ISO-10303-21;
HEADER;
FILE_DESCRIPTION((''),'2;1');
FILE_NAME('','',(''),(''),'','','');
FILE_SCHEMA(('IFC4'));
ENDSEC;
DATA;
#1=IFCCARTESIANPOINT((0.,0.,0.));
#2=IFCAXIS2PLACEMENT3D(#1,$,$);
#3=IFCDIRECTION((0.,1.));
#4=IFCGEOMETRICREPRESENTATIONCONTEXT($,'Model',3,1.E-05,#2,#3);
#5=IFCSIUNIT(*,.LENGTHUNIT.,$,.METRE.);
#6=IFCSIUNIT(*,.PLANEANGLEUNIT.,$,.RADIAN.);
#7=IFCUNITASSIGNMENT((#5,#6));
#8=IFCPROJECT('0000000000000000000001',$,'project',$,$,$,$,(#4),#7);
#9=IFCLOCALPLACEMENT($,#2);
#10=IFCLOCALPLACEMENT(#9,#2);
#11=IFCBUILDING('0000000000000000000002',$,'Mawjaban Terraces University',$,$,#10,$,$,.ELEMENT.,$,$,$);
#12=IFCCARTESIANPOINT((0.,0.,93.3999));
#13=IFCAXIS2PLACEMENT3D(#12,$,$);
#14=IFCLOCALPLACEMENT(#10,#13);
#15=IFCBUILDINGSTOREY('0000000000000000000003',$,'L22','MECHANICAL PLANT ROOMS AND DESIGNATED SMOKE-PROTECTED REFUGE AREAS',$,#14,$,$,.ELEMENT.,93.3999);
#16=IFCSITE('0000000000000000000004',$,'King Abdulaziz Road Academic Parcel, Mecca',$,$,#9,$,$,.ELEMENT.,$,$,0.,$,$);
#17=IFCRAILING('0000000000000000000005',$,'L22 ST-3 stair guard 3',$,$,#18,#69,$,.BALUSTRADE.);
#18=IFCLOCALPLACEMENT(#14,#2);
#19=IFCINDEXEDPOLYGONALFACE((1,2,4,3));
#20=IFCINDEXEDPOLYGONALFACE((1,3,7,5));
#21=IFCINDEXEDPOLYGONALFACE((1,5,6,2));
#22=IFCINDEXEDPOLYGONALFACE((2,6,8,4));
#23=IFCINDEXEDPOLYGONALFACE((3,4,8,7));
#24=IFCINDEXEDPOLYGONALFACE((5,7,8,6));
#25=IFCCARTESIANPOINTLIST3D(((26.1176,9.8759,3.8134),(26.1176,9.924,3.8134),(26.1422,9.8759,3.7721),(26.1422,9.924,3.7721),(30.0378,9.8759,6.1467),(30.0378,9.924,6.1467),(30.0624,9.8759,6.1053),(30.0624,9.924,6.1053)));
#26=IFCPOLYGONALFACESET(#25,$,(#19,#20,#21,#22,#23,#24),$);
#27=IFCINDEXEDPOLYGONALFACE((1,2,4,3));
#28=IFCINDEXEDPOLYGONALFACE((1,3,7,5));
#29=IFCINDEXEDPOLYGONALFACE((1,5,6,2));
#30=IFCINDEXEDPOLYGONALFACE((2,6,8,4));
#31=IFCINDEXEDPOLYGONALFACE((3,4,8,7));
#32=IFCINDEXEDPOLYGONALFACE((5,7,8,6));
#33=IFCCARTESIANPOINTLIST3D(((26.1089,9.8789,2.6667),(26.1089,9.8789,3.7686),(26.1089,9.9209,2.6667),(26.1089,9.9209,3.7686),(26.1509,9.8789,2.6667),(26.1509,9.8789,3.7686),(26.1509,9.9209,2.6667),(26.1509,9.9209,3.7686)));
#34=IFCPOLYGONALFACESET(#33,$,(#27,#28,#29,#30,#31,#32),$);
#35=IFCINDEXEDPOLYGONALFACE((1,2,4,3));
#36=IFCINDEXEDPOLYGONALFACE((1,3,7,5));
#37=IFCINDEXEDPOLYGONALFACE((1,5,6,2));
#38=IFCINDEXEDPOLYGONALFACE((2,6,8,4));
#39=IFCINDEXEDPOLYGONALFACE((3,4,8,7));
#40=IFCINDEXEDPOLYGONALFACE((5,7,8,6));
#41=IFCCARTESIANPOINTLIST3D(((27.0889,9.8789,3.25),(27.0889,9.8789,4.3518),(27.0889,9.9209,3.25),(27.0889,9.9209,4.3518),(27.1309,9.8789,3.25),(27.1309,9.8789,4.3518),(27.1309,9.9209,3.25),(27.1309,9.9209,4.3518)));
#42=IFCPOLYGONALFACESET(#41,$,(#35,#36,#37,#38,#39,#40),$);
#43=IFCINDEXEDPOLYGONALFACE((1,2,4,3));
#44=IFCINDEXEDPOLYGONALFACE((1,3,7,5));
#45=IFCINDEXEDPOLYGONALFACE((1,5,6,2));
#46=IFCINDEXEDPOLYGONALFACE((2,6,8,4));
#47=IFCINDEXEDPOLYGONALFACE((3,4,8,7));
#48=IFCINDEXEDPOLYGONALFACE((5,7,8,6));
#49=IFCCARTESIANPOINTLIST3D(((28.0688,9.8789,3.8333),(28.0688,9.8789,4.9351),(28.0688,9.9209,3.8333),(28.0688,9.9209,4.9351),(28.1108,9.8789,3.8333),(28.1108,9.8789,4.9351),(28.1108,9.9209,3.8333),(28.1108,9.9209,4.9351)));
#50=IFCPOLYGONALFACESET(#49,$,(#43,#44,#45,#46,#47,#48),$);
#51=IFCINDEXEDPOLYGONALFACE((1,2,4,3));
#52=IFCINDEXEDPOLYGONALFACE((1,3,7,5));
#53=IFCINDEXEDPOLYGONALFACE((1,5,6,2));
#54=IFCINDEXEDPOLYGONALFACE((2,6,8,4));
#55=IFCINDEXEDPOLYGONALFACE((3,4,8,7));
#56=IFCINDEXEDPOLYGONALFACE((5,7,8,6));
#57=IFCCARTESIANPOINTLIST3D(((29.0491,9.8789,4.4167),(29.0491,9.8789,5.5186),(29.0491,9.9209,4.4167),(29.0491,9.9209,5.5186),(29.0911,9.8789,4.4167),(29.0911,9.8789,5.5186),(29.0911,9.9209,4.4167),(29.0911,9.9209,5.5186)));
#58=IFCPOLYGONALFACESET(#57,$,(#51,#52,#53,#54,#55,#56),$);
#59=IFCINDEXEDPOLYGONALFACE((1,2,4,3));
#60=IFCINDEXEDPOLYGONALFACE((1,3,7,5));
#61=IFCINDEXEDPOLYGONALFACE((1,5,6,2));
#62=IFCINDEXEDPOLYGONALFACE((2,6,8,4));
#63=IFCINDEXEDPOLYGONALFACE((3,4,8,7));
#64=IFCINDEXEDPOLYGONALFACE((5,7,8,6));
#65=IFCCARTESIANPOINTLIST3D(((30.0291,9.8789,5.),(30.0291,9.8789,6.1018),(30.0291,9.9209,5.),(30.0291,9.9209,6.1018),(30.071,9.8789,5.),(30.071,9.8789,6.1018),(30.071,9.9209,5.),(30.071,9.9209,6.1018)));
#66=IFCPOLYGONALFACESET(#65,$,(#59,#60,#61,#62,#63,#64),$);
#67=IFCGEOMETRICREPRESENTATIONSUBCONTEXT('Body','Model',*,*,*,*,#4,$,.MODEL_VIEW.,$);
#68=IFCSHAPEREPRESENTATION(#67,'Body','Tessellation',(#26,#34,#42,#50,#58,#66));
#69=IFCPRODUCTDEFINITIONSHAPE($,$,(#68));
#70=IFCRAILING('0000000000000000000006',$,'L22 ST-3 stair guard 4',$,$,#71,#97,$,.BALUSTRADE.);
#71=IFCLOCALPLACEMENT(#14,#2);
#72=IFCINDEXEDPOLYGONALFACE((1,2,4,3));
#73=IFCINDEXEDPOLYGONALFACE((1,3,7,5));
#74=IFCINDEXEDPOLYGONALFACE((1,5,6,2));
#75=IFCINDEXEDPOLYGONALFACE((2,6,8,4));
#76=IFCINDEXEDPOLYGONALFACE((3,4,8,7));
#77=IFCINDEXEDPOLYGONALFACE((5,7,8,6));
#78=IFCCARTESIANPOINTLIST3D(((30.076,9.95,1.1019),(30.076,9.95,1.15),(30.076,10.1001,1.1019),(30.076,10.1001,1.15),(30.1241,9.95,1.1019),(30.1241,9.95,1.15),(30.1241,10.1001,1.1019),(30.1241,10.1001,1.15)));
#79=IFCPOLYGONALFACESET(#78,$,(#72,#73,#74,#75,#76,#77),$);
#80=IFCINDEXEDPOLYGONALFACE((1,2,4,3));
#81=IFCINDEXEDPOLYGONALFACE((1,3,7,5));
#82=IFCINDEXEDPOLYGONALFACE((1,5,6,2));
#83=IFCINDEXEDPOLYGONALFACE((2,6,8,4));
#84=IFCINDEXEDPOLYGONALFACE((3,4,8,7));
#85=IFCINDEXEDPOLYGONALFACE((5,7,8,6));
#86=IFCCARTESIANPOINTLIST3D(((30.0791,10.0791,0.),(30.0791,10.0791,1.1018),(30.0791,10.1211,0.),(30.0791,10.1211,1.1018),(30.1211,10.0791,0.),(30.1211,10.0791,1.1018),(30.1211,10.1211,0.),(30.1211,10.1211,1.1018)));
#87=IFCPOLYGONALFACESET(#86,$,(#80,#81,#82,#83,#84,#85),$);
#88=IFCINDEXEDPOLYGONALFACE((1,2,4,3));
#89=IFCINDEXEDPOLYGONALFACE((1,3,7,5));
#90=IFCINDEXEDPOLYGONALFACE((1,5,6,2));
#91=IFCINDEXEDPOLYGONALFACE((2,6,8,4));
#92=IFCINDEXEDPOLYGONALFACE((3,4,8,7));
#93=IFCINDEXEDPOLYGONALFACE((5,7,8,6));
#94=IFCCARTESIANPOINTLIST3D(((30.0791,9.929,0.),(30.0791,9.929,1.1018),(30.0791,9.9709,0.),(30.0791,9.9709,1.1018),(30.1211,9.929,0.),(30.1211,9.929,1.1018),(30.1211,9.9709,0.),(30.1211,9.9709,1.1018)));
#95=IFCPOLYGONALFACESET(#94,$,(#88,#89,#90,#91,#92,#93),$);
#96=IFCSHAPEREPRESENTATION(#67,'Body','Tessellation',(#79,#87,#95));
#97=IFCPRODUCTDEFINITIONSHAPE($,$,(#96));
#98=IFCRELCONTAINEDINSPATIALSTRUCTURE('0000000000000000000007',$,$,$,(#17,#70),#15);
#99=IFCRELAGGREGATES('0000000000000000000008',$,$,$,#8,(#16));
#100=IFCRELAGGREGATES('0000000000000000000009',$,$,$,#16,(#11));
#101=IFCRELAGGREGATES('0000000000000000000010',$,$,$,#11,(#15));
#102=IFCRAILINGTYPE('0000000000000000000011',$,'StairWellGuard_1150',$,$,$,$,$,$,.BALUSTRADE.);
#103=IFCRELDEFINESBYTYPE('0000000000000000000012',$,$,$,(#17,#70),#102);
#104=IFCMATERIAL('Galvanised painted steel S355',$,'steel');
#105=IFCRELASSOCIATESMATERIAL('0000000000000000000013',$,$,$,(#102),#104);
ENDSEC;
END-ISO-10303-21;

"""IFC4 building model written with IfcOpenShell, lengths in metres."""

from ifc_helpers import new_model, si_unit, direction, frame, origin, origin_2d, place, context, subcontext, project, spatial, rectangle, extrude, material, type_object, element, save


model = new_model("IFC4")

# Units and contexts
model_context = context("Model", 3, precision=1e-05, world=origin(), true_north=direction((0.0, 1.0)))
body_context = subcontext(model_context, "Body", "Model", "MODEL_VIEW")
ifc_project = project(units=[si_unit("LENGTHUNIT", "METRE"), si_unit("PLANEANGLEUNIT", "RADIAN")], contexts=[model_context])

# Site, building, storey
site_placement = place(None, origin())
site = spatial("IfcSite", under=ifc_project, at=site_placement, Name="King Abdulaziz Road Academic Parcel, Mecca", CompositionType="ELEMENT", RefElevation=0.0)
building_placement = place(site_placement, origin())
building = spatial("IfcBuilding", under=site, at=building_placement, Name="Mawjaban Terraces University", CompositionType="ELEMENT")
storey_placement = place(building_placement, frame((0.0, 0.0, 93.3999)))
storey = spatial("IfcBuildingStorey", under=building, at=storey_placement, Name="L22", Description="MECHANICAL PLANT ROOMS AND DESIGNATED SMOKE-PROTECTED REFUGE AREAS", CompositionType="ELEMENT", Elevation=93.3999)

# Railings
ifc_material_1 = material(Name="Galvanised painted steel S355", Category="steel")
railing_type_1 = type_object("IfcRailingType", Name="StairWellGuard_1150", PredefinedType="BALUSTRADE", material=ifc_material_1)
railing_1_placement = place(storey_placement, frame((26.1299, 9.8999, 2.6667)))
element("IfcRailing", 1, at=railing_1_placement, inside=storey, type_object=railing_type_1, Name="L22 ST-3 stair guard 3", PredefinedType="BALUSTRADE", context=body_context, shape_type="SweptSolid", body=[
    extrude(rectangle(XDim=0.0481, YDim=0.0481, at=origin_2d()), frame((0.0, 0.0, 1.126), z_axis=(0.85931, 0.0, 0.511455), x_axis=(0.0, 1.0, 0.0)), (0.0, 0.0, 1.0), 4.562),
    extrude(rectangle(XDim=0.042, YDim=0.042, at=origin_2d()), origin(), (0.0, 0.0, 1.0), 1.1018),
    extrude(rectangle(XDim=0.042, YDim=0.042, at=origin_2d()), frame((0.98, 0.0, 0.5833)), (0.0, 0.0, 1.0), 1.1018),
    extrude(rectangle(XDim=0.042, YDim=0.042, at=origin_2d()), frame((1.96, 0.0, 1.1665)), (0.0, 0.0, 1.0), 1.1018),
    extrude(rectangle(XDim=0.042, YDim=0.042, at=origin_2d()), frame((2.9402, 0.0, 1.75)), (0.0, 0.0, 1.0), 1.1018),
    extrude(rectangle(XDim=0.042, YDim=0.042, at=origin_2d()), frame((3.9202, 0.0, 2.3333)), (0.0, 0.0, 1.0), 1.1018),
])
railing_2_placement = place(storey_placement, frame((30.1001, 10.1001, 0.0)))
element("IfcRailing", 2, at=railing_2_placement, inside=storey, type_object=railing_type_1, Name="L22 ST-3 stair guard 4", PredefinedType="BALUSTRADE", context=body_context, shape_type="SweptSolid", body=[
    extrude(rectangle(XDim=0.0481, YDim=0.0481, at=origin_2d()), frame((0.0, 0.0, 1.126), z_axis=(0.0, -1.0, 0.0), x_axis=(1.0, 0.0, 0.0)), (0.0, 0.0, 1.0), 0.1501),
    extrude(rectangle(XDim=0.042, YDim=0.042, at=origin_2d()), origin(), (0.0, 0.0, 1.0), 1.1018),
    extrude(rectangle(XDim=0.042, YDim=0.042, at=origin_2d()), frame((0.0, -0.1501, 0.0)), (0.0, 0.0, 1.0), 1.1018),
])

save(model, "model.ifc")
